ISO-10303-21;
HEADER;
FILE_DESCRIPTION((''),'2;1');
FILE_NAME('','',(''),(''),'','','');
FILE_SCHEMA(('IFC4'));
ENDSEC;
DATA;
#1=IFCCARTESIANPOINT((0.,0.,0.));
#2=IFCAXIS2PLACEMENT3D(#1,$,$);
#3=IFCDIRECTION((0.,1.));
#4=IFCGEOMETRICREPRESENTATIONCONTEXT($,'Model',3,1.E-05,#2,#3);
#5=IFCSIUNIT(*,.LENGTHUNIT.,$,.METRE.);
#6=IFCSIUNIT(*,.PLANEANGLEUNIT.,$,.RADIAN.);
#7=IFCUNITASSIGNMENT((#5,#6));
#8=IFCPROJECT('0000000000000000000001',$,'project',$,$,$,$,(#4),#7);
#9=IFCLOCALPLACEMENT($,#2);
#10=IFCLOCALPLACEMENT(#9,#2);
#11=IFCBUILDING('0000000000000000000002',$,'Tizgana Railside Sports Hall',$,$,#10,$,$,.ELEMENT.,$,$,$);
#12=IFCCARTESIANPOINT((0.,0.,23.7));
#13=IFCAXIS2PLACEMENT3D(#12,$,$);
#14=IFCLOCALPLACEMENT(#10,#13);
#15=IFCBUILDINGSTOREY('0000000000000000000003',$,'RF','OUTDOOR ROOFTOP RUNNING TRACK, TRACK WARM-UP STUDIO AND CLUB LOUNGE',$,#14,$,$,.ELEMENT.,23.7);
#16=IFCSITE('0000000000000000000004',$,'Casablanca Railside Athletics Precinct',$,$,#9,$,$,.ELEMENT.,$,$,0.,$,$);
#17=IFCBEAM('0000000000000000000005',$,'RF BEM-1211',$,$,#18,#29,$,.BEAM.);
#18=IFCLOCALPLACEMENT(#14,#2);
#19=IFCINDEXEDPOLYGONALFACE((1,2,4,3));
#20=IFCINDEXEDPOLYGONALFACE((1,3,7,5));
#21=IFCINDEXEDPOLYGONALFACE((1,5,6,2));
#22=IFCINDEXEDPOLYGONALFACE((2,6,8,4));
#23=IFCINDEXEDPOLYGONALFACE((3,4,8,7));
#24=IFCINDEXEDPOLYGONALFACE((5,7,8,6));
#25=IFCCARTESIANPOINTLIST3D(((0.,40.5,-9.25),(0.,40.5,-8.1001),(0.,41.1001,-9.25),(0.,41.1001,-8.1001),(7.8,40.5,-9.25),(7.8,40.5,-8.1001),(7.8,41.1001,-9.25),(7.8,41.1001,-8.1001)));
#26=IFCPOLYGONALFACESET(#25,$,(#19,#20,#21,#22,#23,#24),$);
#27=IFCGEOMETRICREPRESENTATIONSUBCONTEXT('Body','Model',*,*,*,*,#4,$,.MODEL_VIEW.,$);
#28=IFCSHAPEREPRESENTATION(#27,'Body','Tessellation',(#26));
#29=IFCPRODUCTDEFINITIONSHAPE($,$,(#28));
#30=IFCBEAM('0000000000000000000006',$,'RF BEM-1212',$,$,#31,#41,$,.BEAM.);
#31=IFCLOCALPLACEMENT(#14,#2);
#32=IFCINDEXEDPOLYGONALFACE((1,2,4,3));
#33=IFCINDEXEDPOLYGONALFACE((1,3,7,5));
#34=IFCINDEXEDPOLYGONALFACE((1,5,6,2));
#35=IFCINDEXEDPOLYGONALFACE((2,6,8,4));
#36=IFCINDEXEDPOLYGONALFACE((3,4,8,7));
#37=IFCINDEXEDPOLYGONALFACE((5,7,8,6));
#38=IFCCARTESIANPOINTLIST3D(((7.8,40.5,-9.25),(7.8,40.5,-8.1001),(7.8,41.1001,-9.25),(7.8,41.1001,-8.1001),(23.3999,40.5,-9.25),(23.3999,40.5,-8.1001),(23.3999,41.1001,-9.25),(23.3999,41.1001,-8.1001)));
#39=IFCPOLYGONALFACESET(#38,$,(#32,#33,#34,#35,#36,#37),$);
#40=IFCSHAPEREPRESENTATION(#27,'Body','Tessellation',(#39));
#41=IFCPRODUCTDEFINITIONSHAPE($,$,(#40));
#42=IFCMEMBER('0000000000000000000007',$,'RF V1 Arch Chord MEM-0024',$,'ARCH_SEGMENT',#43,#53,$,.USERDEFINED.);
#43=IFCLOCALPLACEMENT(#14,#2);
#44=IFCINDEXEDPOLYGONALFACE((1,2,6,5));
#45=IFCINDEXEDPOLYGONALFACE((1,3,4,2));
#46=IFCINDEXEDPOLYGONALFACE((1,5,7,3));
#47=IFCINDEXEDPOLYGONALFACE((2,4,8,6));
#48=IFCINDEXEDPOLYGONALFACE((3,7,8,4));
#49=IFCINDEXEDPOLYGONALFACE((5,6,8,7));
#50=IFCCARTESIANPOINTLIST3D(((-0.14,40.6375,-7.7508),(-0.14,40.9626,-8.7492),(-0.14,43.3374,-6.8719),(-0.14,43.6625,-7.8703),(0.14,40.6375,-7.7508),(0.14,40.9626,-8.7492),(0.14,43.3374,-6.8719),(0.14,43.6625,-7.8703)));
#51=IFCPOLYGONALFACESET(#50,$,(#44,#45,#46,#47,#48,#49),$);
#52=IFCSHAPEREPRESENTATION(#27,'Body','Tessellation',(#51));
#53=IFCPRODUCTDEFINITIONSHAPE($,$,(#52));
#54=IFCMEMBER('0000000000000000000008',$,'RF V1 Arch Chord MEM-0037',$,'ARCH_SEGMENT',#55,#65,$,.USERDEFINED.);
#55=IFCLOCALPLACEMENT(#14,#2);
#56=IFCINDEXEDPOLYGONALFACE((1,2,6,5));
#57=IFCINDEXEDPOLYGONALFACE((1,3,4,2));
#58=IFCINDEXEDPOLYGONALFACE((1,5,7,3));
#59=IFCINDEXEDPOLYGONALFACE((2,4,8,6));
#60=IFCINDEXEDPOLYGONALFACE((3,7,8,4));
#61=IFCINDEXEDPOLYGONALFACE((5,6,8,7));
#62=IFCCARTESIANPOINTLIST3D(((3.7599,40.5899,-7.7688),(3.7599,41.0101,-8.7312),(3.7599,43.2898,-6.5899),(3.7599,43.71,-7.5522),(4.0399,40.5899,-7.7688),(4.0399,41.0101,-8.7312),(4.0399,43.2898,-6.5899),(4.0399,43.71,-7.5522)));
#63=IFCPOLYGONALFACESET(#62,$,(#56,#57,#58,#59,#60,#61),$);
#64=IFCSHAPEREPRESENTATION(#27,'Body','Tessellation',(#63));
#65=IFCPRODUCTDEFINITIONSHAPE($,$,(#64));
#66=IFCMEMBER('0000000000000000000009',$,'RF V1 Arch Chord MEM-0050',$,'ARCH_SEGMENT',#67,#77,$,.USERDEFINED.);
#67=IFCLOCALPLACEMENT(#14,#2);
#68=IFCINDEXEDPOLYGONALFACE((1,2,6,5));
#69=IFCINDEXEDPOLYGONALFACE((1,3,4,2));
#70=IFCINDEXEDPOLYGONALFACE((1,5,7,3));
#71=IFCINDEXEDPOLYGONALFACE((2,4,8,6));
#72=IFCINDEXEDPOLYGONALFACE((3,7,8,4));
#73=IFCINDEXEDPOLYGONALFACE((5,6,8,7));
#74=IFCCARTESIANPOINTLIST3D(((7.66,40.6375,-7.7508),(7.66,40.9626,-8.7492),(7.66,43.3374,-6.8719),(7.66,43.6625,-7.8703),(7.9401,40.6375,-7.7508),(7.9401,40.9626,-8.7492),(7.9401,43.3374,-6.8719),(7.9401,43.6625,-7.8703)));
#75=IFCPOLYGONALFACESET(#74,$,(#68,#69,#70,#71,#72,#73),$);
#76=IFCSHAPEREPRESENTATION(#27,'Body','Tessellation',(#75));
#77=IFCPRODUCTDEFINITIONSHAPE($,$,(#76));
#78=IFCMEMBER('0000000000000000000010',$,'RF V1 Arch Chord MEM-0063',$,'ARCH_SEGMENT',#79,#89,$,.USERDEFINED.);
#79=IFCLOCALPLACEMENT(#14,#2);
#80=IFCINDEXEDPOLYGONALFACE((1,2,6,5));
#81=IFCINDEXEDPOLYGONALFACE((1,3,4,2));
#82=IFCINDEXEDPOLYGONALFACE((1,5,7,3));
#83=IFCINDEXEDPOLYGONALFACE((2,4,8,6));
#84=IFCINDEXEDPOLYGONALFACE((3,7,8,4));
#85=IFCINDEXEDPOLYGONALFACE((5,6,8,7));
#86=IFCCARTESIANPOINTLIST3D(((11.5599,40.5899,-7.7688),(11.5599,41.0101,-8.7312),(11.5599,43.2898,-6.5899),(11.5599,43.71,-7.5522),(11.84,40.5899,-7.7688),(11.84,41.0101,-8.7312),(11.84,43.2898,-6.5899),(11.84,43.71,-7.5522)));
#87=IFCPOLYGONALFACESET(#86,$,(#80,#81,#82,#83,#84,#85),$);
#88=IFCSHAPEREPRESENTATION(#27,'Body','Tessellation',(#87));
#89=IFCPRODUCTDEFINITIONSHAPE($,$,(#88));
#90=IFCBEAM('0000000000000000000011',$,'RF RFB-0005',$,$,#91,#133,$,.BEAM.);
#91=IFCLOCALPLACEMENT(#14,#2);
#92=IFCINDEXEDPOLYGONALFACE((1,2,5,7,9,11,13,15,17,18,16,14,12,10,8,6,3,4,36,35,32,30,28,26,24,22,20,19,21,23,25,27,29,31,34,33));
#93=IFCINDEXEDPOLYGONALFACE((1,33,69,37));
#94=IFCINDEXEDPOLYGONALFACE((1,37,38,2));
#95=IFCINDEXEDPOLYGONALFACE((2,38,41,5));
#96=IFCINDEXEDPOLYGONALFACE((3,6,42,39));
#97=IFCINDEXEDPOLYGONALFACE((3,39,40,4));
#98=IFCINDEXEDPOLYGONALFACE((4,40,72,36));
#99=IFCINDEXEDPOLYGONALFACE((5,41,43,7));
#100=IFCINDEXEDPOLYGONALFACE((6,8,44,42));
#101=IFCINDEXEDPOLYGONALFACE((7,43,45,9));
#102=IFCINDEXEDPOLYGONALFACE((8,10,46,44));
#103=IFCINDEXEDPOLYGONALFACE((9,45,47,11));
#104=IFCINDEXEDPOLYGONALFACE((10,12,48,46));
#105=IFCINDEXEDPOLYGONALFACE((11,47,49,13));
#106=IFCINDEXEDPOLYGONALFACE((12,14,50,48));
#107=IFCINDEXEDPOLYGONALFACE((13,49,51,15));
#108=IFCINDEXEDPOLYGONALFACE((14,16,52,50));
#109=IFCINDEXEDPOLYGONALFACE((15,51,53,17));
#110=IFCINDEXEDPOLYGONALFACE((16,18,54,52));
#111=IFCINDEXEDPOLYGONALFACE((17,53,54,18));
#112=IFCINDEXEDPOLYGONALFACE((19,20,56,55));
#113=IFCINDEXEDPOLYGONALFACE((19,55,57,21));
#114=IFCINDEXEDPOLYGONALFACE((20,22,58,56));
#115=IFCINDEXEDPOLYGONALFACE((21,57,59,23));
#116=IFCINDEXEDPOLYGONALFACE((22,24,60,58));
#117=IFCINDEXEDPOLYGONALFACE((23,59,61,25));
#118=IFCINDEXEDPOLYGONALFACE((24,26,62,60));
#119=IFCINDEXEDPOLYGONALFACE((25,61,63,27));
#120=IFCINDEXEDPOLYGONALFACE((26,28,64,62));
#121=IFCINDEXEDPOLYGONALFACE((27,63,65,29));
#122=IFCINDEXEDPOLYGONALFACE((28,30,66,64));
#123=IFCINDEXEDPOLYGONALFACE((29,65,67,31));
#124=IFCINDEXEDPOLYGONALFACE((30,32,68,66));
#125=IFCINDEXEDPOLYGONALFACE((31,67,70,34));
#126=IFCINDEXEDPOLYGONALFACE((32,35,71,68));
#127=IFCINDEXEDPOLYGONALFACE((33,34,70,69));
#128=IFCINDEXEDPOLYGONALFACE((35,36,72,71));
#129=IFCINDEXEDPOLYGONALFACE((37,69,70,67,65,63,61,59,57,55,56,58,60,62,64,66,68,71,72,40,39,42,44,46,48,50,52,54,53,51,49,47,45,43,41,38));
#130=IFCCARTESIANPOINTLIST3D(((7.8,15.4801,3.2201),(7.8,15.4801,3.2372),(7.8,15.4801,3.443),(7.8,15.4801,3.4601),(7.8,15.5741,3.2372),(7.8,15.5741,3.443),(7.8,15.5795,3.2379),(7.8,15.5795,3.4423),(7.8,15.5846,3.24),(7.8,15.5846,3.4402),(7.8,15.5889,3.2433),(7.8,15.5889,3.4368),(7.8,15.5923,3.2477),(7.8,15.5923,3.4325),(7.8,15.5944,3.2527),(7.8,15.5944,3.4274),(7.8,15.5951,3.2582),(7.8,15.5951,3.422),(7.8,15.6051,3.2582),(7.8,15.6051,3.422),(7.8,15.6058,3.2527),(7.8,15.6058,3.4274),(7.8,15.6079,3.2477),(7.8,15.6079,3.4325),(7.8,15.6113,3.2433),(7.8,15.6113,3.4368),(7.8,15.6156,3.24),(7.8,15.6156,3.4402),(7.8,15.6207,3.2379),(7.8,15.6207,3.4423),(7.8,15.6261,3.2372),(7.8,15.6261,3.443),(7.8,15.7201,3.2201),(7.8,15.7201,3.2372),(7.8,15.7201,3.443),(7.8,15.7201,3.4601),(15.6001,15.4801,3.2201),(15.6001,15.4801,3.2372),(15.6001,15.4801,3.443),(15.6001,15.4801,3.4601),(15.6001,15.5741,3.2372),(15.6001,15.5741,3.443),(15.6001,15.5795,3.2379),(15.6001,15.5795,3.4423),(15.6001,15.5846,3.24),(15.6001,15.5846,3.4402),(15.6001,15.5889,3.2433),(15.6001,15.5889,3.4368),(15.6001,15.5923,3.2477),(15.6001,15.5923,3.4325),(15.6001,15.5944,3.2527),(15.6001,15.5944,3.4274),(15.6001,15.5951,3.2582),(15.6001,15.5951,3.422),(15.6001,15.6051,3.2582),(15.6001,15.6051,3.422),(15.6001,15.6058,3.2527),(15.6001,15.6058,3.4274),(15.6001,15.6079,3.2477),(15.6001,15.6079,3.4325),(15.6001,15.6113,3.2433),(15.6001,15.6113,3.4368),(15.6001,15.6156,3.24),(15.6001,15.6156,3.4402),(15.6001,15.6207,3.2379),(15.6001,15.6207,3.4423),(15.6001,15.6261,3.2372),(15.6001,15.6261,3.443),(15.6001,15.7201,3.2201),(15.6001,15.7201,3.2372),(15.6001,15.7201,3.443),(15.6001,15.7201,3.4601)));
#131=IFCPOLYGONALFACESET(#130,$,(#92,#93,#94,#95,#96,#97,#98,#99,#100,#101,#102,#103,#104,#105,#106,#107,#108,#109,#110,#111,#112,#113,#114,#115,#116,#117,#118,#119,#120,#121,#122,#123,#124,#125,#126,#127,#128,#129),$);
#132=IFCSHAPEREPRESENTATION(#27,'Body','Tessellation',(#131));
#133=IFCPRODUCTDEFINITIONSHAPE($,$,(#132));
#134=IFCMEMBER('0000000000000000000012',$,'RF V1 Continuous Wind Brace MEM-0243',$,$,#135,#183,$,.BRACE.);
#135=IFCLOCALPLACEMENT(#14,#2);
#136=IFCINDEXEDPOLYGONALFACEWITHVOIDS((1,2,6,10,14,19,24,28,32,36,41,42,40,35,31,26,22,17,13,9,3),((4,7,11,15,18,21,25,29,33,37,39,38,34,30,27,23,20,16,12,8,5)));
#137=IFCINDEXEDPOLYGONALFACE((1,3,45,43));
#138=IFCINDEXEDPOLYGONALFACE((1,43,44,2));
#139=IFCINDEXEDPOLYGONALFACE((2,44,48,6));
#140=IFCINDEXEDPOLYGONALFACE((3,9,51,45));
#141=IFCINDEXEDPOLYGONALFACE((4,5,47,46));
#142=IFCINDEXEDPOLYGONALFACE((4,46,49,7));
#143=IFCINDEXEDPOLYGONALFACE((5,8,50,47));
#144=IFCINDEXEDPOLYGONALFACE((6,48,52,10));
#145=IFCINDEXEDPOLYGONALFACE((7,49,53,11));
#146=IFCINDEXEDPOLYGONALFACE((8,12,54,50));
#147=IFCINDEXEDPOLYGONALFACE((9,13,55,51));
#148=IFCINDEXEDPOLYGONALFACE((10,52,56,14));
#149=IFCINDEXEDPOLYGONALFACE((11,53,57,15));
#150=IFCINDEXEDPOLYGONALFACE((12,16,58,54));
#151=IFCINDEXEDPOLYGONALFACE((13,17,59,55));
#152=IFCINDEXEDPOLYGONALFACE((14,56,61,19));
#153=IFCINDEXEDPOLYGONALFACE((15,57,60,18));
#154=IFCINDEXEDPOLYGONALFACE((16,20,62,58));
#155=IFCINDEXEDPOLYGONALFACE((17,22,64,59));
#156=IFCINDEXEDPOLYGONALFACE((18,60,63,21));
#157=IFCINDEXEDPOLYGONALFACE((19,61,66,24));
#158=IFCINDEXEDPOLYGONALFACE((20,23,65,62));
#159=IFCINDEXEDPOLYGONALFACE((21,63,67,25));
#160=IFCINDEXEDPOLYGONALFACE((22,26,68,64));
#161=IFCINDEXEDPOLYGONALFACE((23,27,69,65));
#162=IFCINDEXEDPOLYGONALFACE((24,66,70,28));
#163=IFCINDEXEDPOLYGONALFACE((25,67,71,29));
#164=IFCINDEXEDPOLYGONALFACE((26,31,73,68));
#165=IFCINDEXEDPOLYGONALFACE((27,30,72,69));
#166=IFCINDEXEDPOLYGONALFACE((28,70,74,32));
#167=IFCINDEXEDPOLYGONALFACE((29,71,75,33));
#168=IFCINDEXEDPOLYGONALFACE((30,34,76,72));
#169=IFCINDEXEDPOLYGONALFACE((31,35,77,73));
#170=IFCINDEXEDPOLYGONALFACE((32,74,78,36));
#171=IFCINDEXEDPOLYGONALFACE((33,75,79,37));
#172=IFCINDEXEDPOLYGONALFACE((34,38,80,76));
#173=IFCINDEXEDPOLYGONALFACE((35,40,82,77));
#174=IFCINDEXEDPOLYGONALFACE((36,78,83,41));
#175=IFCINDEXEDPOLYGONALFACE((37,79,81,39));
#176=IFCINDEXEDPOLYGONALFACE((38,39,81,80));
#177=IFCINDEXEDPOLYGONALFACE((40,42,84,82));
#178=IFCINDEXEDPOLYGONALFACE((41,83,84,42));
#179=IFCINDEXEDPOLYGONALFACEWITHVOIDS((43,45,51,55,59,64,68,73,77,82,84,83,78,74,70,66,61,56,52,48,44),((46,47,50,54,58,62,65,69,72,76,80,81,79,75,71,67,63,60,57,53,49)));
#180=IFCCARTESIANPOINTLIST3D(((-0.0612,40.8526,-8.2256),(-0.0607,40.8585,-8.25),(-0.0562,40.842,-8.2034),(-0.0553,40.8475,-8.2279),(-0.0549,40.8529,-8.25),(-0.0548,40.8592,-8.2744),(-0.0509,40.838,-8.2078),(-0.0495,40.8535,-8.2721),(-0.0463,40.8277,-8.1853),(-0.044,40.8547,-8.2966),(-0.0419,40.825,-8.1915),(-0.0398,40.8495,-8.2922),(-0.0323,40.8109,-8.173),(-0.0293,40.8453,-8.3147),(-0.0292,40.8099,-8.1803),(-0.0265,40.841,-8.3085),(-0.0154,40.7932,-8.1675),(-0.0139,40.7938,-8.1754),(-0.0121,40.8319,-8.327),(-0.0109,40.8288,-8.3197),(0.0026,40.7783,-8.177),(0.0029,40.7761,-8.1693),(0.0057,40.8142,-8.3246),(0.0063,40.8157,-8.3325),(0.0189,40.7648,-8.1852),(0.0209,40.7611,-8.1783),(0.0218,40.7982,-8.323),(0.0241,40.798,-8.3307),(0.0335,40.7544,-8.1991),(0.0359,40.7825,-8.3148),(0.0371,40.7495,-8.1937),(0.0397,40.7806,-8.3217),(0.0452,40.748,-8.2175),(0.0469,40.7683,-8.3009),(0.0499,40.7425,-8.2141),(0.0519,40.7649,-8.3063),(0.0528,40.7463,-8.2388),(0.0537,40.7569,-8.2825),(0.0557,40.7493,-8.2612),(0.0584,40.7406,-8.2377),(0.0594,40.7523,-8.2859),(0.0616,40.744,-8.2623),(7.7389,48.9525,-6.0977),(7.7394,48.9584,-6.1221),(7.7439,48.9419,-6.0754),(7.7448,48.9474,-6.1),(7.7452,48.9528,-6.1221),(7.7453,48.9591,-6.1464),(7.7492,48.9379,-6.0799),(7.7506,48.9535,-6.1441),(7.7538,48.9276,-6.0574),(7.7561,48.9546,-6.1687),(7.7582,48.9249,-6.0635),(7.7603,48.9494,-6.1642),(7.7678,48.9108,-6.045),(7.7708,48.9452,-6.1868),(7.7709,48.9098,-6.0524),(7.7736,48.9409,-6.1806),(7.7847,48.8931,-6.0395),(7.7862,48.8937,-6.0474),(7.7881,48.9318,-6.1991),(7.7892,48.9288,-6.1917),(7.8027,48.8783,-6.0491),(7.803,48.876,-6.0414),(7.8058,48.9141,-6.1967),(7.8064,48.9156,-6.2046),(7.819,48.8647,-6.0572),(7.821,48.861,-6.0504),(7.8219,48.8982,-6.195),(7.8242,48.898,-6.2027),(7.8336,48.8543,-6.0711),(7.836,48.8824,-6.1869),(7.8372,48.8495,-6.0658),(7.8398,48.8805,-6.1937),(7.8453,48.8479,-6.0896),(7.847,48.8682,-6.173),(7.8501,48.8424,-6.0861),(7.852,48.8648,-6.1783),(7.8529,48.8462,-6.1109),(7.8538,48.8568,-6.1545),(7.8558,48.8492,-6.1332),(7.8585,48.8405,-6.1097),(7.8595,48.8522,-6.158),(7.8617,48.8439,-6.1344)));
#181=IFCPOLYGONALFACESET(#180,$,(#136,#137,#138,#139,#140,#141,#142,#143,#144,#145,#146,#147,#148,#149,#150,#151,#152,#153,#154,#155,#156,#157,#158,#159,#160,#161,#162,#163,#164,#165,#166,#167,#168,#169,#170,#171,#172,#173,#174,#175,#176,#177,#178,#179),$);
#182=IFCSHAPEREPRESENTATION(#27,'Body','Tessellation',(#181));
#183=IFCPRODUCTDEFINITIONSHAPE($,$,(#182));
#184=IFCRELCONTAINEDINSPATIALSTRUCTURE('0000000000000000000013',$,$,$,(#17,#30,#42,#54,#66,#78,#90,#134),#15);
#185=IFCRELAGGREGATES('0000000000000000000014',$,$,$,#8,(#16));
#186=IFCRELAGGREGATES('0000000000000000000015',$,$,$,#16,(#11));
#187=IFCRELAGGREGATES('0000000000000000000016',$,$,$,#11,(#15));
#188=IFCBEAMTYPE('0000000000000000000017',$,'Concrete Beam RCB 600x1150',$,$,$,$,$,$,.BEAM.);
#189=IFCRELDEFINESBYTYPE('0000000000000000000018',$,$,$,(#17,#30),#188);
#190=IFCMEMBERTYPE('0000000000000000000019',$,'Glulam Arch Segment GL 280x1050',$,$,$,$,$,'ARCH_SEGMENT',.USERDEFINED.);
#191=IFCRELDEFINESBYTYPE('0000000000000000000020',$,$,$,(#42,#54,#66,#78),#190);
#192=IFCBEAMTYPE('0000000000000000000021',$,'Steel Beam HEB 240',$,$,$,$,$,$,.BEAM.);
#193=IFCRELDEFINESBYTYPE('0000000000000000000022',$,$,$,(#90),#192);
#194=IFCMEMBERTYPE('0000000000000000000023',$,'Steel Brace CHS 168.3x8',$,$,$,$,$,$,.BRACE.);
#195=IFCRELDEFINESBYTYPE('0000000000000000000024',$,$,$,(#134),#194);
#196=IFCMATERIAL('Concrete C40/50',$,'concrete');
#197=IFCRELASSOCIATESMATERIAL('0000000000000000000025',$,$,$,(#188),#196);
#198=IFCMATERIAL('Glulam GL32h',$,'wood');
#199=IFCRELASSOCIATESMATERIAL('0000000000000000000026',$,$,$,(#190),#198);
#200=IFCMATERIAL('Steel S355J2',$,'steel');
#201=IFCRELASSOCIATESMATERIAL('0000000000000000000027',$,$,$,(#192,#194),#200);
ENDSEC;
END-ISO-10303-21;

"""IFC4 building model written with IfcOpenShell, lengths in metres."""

from ifc_helpers import new_model, si_unit, direction, frame, origin, origin_2d, place, context, subcontext, project, spatial, rectangle, hollow_circle, i_section, extrude, material, material_profile, profile_set, type_object, element, save


model = new_model("IFC4")

# Units and contexts
model_context = context("Model", 3, precision=1e-05, world=origin(), true_north=direction((0.0, 1.0)))
body_context = subcontext(model_context, "Body", "Model", "MODEL_VIEW")
ifc_project = project(units=[si_unit("LENGTHUNIT", "METRE"), si_unit("PLANEANGLEUNIT", "RADIAN")], contexts=[model_context])

# Site, building, storey
site_placement = place(None, origin())
site = spatial("IfcSite", under=ifc_project, at=site_placement, Name="Casablanca Railside Athletics Precinct", CompositionType="ELEMENT", RefElevation=0.0)
building_placement = place(site_placement, origin())
building = spatial("IfcBuilding", under=site, at=building_placement, Name="Tizgana Railside Sports Hall", CompositionType="ELEMENT")
storey_placement = place(building_placement, frame((0.0, 0.0, 23.7)))
storey = spatial("IfcBuildingStorey", under=building, at=storey_placement, Name="RF", Description="OUTDOOR ROOFTOP RUNNING TRACK, TRACK WARM-UP STUDIO AND CLUB LOUNGE", CompositionType="ELEMENT", Elevation=23.7)

# Beams
ifc_material_1 = material(Name="Concrete C40/50", Category="concrete")
ifc_material_profile_1 = material_profile(ifc_material_1, rectangle(XDim=0.6001, YDim=1.1499, at=origin_2d()), Name="RCB 600x1150")
ifc_profile_set_1 = profile_set([ifc_material_profile_1], Name="Concrete C40/50")
beam_type_1 = type_object("IfcBeamType", Name="Concrete Beam RCB 600x1150", PredefinedType="BEAM", material=ifc_profile_set_1)
beam_1_placement = place(storey_placement, frame((0.0, 40.8, -8.675), z_axis=(1.0, 0.0, 0.0), x_axis=(0.0, 1.0, 0.0)))
element("IfcBeam", 1, at=beam_1_placement, inside=storey, type_object=beam_type_1, Name="RF BEM-1211", PredefinedType="BEAM", context=body_context, shape_type="SweptSolid", body=[
    extrude(rectangle(XDim=0.6001, YDim=1.1499, at=origin_2d()), origin(), (0.0, 0.0, 1.0), 7.8),
])
beam_2_placement = place(storey_placement, frame((7.8, 40.8, -8.675), z_axis=(1.0, 0.0, 0.0), x_axis=(0.0, 1.0, 0.0)))
element("IfcBeam", 2, at=beam_2_placement, inside=storey, type_object=beam_type_1, Name="RF BEM-1212", PredefinedType="BEAM", context=body_context, shape_type="SweptSolid", body=[
    extrude(rectangle(XDim=0.6001, YDim=1.1499, at=origin_2d()), origin(), (0.0, 0.0, 1.0), 15.5999),
])

# Members
ifc_material_2 = material(Name="Glulam GL32h", Category="wood")
ifc_material_profile_2 = material_profile(ifc_material_2, rectangle(XDim=0.28, YDim=1.05, at=origin_2d()), Name="GL 280x1050")
ifc_profile_set_2 = profile_set([ifc_material_profile_2], Name="Glulam GL32h")
member_type_1 = type_object("IfcMemberType", Name="Glulam Arch Segment GL 280x1050", ElementType="ARCH_SEGMENT", PredefinedType="USERDEFINED", material=ifc_profile_set_2)
member_1_placement = place(storey_placement, frame((0.0, 40.8, -8.25), z_axis=(0.0, 0.950887, 0.309539), x_axis=(-1.0, 0.0, 0.0)))
element("IfcMember", 3, at=member_1_placement, inside=storey, type_object=member_type_1, Name="RF V1 Arch Chord MEM-0024", ObjectType="ARCH_SEGMENT", PredefinedType="USERDEFINED", context=body_context, shape_type="SweptSolid", body=[
    extrude(rectangle(XDim=0.28, YDim=1.05, at=origin_2d()), origin(), (0.0, 0.0, 1.0), 2.8394),
])
member_2_placement = place(storey_placement, frame((3.8999, 40.8, -8.25), z_axis=(0.0, 0.91644, 0.400171), x_axis=(-1.0, 0.0, 0.0)))
element("IfcMember", 4, at=member_2_placement, inside=storey, type_object=member_type_1, Name="RF V1 Arch Chord MEM-0037", ObjectType="ARCH_SEGMENT", PredefinedType="USERDEFINED", context=body_context, shape_type="SweptSolid", body=[
    extrude(rectangle(XDim=0.28, YDim=1.05, at=origin_2d()), origin(), (0.0, 0.0, 1.0), 2.946),
])
member_3_placement = place(storey_placement, frame((7.8, 40.8, -8.25), z_axis=(0.0, 0.950887, 0.309539), x_axis=(-1.0, 0.0, 0.0)))
element("IfcMember", 5, at=member_3_placement, inside=storey, type_object=member_type_1, Name="RF V1 Arch Chord MEM-0050", ObjectType="ARCH_SEGMENT", PredefinedType="USERDEFINED", context=body_context, shape_type="SweptSolid", body=[
    extrude(rectangle(XDim=0.28, YDim=1.05, at=origin_2d()), origin(), (0.0, 0.0, 1.0), 2.8394),
])
member_4_placement = place(storey_placement, frame((11.7, 40.8, -8.25), z_axis=(0.0, 0.91644, 0.400171), x_axis=(-1.0, 0.0, 0.0)))
element("IfcMember", 6, at=member_4_placement, inside=storey, type_object=member_type_1, Name="RF V1 Arch Chord MEM-0063", ObjectType="ARCH_SEGMENT", PredefinedType="USERDEFINED", context=body_context, shape_type="SweptSolid", body=[
    extrude(rectangle(XDim=0.28, YDim=1.05, at=origin_2d()), origin(), (0.0, 0.0, 1.0), 2.946),
])

# Beam
ifc_material_3 = material(Name="Steel S355J2", Category="steel")
ifc_material_profile_3 = material_profile(ifc_material_3, i_section(OverallWidth=0.24, OverallDepth=0.24, WebThickness=0.01, FlangeThickness=0.0171, FilletRadius=0.021, at=origin_2d()), Name="HEB 240")
ifc_profile_set_3 = profile_set([ifc_material_profile_3], Name="Steel S355J2")
beam_type_2 = type_object("IfcBeamType", Name="Steel Beam HEB 240", PredefinedType="BEAM", material=ifc_profile_set_3)
beam_3_placement = place(storey_placement, frame((7.8, 15.6001, 3.3401), z_axis=(1.0, 0.0, 0.0), x_axis=(0.0, 1.0, 0.0)))
element("IfcBeam", 7, at=beam_3_placement, inside=storey, type_object=beam_type_2, Name="RF RFB-0005", PredefinedType="BEAM", context=body_context, shape_type="SweptSolid", body=[
    extrude(i_section(OverallWidth=0.24, OverallDepth=0.24, WebThickness=0.01, FlangeThickness=0.0171, FilletRadius=0.021, at=origin_2d()), origin(), (0.0, 0.0, 1.0), 7.8),
])

# Member
ifc_material_profile_4 = material_profile(ifc_material_3, hollow_circle(Radius=0.0842, WallThickness=0.0081, at=origin_2d()), Name="CHS 168.3x8")
ifc_profile_set_4 = profile_set([ifc_material_profile_4], Name="Steel S355J2")
member_type_2 = type_object("IfcMemberType", Name="Steel Brace CHS 168.3x8", PredefinedType="BRACE", material=ifc_profile_set_4)
member_5_placement = place(storey_placement, frame((0.0, 40.8, -8.25), z_axis=(0.681555, 0.707751, 0.185935), x_axis=(-0.720312, 0.69365, 0.0)))
element("IfcMember", 8, at=member_5_placement, inside=storey, type_object=member_type_2, Name="RF V1 Continuous Wind Brace MEM-0243", PredefinedType="BRACE", context=body_context, shape_type="SweptSolid", body=[
    extrude(hollow_circle(Radius=0.0842, WallThickness=0.0081, at=origin_2d()), origin(), (0.0, 0.0, 1.0), 11.4446),
])

save(model, "model.ifc")
